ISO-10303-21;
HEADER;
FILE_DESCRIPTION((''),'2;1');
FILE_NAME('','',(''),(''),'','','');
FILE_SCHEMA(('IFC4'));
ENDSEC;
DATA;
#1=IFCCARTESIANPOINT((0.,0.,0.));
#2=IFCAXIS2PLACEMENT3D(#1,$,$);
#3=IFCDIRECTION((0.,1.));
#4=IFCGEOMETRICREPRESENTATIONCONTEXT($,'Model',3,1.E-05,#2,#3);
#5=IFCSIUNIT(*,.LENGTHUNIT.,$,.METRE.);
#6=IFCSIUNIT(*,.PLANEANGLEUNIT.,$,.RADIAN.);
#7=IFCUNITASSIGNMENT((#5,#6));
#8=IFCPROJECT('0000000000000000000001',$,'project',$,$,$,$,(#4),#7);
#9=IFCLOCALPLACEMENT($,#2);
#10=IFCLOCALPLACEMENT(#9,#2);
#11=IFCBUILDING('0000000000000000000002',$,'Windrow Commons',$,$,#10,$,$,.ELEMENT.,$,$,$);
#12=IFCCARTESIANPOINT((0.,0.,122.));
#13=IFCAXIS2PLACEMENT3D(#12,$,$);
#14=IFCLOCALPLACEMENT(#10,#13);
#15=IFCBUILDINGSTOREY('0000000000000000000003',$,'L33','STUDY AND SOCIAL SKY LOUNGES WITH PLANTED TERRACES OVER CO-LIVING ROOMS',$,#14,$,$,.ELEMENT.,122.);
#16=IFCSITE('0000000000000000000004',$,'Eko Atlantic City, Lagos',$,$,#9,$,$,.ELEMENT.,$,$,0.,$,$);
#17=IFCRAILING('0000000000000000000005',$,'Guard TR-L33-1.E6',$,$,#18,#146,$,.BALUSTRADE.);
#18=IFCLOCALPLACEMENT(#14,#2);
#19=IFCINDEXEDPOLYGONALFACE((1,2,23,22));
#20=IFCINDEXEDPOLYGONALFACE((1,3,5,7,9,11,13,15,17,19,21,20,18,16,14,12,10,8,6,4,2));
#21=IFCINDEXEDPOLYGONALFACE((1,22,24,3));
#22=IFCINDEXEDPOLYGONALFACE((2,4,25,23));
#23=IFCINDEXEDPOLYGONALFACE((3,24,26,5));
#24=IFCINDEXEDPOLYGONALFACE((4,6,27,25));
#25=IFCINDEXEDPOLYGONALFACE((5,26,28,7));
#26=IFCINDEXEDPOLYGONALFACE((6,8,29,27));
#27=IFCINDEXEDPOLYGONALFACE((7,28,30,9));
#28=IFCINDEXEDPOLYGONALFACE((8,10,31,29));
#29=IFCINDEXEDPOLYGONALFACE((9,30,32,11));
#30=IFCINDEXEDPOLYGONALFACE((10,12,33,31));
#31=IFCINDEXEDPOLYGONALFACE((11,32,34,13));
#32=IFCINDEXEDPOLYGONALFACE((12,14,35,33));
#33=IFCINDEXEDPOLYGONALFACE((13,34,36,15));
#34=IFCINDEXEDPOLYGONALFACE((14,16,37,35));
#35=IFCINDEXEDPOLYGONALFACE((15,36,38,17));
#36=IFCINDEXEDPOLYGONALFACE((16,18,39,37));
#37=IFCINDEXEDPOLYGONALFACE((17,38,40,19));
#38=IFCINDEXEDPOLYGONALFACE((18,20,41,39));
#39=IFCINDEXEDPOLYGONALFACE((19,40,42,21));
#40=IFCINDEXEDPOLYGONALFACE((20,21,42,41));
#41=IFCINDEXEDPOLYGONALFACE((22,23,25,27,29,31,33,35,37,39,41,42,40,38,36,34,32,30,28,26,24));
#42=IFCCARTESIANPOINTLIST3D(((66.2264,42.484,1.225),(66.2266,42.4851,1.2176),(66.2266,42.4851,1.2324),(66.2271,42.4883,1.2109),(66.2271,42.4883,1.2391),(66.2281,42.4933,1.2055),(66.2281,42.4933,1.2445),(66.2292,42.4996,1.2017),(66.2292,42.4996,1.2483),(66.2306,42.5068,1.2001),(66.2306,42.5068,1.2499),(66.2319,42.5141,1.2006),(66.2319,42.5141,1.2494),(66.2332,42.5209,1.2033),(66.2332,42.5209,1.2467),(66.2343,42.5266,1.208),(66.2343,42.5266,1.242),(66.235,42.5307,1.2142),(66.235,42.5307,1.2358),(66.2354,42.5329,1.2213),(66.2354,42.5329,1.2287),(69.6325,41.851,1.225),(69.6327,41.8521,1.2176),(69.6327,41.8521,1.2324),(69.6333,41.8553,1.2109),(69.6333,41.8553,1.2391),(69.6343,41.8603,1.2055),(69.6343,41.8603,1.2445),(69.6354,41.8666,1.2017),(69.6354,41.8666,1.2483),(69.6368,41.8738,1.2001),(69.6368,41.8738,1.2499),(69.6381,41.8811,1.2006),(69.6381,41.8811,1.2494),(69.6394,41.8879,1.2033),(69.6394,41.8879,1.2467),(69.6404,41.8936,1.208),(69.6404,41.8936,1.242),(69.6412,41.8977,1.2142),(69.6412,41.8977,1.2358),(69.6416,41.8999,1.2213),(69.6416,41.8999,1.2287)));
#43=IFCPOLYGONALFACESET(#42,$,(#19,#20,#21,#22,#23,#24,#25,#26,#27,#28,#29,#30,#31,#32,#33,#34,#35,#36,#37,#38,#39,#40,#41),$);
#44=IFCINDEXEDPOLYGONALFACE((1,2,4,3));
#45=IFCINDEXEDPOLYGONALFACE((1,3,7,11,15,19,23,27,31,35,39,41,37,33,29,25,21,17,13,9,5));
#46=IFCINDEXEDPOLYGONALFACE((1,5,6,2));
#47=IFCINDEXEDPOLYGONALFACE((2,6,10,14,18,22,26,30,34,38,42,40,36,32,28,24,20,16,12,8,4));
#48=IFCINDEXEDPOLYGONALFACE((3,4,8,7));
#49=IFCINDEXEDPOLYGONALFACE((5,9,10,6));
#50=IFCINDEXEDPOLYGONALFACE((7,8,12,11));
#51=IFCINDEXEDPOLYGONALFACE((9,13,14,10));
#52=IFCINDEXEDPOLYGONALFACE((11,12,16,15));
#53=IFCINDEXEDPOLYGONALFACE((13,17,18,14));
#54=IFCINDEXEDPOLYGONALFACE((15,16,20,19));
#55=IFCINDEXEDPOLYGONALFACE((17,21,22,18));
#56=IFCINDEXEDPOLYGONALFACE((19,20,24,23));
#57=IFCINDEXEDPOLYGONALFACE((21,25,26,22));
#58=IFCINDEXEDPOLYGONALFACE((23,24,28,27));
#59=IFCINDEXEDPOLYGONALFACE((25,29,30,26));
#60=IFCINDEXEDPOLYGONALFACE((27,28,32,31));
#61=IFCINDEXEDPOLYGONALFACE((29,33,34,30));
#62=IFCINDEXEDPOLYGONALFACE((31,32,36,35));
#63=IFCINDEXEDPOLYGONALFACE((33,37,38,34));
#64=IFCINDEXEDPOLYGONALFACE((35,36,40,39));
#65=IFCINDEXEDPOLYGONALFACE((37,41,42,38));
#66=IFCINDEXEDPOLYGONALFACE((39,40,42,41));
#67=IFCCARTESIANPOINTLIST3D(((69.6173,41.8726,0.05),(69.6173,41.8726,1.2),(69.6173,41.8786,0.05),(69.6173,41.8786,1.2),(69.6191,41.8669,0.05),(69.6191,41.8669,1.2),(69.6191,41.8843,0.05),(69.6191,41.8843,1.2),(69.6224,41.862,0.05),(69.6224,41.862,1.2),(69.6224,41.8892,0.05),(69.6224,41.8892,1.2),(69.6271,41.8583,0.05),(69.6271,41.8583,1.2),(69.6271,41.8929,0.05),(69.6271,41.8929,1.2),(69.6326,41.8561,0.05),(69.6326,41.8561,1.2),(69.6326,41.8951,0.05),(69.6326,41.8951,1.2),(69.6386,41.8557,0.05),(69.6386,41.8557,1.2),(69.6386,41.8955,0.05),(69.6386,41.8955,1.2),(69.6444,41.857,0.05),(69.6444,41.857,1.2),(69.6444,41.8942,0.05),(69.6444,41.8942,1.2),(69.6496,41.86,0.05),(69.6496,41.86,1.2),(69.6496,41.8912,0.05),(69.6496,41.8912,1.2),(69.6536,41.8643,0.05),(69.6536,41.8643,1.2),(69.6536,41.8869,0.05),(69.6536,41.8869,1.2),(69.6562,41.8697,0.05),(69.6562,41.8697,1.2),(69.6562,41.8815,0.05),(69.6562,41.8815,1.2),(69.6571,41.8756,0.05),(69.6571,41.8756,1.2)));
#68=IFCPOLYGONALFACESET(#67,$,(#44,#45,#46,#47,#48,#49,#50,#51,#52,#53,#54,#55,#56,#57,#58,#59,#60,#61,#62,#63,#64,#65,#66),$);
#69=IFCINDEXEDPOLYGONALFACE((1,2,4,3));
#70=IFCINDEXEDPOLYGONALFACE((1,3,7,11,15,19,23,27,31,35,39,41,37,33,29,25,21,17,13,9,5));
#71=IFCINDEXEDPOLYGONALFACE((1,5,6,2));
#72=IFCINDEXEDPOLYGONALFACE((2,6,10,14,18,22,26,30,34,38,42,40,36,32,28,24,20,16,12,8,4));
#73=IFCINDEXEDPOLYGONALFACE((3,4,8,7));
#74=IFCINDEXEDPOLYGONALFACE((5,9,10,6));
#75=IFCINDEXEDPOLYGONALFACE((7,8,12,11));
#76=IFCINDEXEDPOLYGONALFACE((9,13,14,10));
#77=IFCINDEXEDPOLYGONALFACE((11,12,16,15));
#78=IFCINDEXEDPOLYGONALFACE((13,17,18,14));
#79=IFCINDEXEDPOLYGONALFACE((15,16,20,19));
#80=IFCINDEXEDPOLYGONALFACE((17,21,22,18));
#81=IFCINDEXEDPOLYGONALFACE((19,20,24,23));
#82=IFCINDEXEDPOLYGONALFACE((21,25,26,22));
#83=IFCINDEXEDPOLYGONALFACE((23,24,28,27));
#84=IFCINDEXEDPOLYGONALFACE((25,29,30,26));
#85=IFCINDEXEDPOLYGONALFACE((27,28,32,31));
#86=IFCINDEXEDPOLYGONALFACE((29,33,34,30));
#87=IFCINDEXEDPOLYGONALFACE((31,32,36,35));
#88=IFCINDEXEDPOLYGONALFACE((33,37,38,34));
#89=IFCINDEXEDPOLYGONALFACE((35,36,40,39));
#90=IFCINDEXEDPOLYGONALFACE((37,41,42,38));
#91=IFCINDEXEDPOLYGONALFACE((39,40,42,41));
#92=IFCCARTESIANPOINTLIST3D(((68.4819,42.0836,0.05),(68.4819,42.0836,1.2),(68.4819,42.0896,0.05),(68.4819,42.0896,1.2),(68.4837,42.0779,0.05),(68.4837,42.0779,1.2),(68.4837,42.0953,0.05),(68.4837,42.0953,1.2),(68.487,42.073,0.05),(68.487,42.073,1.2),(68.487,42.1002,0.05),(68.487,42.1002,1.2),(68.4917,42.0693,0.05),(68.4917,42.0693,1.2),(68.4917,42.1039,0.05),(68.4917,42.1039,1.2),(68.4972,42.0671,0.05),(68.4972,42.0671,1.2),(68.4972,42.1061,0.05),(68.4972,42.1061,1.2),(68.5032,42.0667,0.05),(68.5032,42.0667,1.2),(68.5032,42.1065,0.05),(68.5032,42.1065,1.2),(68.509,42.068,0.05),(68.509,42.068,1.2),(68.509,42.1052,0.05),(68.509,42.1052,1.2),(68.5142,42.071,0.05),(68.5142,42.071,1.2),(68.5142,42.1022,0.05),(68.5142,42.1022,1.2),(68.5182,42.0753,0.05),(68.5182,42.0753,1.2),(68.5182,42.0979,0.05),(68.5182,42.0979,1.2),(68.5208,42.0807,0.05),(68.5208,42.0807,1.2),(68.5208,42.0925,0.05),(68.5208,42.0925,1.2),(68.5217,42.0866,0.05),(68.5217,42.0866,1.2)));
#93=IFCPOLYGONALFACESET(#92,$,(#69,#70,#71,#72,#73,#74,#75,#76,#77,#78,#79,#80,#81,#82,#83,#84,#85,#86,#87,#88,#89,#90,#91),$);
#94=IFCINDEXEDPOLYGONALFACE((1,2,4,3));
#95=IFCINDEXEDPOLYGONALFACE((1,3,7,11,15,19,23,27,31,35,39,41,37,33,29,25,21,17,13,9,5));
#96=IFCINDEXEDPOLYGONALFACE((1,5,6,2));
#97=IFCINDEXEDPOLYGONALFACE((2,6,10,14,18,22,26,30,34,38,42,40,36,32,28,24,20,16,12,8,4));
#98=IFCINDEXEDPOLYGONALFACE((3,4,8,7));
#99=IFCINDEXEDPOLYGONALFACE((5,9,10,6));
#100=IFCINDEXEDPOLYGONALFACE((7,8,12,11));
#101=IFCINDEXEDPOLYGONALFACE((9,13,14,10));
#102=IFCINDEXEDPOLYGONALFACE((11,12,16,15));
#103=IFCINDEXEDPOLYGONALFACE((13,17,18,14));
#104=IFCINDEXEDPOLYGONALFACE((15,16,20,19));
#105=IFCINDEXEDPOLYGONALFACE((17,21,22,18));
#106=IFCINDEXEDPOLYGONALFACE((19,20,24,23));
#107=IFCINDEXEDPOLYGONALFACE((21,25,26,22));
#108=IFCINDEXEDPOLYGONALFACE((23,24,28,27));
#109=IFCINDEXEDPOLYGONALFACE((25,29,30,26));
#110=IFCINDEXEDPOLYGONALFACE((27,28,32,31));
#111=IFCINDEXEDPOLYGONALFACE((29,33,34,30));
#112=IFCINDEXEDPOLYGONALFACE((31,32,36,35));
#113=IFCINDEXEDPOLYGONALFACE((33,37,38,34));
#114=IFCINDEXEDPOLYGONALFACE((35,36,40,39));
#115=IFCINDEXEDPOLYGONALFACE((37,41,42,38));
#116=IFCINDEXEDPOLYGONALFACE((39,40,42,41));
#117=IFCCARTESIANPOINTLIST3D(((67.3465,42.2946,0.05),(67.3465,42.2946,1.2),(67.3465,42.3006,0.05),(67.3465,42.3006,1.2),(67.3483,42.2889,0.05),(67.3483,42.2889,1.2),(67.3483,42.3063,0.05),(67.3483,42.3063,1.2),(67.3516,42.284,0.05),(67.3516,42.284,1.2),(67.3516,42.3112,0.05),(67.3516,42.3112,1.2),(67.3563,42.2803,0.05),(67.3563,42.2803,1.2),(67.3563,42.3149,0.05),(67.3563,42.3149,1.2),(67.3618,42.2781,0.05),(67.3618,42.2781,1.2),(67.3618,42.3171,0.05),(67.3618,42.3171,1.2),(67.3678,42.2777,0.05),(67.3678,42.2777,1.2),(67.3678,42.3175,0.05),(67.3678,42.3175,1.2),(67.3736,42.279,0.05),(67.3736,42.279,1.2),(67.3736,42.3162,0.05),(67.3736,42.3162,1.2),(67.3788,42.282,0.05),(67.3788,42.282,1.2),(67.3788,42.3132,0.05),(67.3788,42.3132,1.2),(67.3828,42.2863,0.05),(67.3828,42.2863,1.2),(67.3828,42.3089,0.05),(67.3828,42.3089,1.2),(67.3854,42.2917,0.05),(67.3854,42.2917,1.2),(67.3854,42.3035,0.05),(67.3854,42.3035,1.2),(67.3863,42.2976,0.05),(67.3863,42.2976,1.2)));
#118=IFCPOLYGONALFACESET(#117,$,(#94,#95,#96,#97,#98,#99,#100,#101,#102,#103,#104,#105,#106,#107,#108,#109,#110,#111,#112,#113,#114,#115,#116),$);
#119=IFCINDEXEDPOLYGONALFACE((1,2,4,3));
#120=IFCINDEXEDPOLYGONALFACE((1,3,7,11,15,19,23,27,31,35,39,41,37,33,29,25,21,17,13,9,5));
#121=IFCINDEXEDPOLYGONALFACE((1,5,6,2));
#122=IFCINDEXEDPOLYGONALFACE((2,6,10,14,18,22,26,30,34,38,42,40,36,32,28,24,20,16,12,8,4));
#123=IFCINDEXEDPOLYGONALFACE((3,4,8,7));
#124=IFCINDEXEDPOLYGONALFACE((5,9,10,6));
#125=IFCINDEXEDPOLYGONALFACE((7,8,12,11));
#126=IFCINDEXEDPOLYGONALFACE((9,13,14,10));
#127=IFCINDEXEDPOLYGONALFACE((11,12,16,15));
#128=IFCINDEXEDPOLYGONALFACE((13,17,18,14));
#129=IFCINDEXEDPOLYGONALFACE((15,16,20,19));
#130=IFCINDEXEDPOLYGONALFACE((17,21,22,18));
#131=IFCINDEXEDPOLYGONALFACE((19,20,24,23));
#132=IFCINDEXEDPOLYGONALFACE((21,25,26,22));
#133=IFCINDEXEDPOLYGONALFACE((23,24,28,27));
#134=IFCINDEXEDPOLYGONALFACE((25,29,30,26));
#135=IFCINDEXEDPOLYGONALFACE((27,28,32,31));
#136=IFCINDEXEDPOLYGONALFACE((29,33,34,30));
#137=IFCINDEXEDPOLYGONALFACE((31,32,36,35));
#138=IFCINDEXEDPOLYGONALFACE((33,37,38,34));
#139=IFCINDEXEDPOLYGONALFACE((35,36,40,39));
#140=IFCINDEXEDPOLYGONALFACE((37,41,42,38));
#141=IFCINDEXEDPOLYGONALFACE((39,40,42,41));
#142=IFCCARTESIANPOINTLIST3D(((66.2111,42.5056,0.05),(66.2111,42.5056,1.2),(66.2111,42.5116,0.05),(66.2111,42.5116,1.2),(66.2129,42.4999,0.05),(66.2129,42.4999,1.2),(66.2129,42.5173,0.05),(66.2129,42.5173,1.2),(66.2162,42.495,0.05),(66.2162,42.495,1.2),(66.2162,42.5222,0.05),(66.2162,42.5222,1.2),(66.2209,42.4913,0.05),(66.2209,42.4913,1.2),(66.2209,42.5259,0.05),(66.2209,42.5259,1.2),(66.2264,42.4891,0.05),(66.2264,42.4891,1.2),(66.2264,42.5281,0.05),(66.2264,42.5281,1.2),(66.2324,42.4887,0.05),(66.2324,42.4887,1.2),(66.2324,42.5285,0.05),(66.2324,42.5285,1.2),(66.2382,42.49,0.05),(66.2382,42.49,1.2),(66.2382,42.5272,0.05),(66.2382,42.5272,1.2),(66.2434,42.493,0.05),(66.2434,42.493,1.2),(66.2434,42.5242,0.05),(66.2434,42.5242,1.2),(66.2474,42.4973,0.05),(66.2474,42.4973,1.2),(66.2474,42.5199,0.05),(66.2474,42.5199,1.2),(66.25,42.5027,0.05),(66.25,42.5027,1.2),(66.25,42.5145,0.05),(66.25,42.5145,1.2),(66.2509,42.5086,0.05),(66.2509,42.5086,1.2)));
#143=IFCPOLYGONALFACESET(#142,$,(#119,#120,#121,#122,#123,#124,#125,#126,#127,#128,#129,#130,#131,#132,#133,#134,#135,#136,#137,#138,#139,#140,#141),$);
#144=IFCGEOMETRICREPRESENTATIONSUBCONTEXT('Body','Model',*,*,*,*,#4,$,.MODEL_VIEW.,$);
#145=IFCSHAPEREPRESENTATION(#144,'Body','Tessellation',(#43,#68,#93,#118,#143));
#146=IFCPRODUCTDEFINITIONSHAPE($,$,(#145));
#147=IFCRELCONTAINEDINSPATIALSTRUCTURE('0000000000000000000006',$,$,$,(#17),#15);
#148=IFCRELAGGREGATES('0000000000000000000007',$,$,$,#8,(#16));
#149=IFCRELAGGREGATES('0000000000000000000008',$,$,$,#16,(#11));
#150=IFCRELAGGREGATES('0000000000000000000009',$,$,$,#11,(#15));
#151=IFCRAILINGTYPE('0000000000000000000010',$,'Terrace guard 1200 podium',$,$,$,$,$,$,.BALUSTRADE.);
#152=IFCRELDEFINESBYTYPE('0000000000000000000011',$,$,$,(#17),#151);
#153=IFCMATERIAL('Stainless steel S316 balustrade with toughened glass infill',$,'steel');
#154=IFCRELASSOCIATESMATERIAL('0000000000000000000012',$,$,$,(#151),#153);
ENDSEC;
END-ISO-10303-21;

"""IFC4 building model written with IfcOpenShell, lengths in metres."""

from ifc_helpers import new_model, si_unit, direction, frame, origin, origin_2d, place, context, subcontext, project, spatial, circle, extrude, material, type_object, element, save


model = new_model("IFC4")

# Units and contexts
model_context = context("Model", 3, precision=1e-05, world=origin(), true_north=direction((0.0, 1.0)))
body_context = subcontext(model_context, "Body", "Model", "MODEL_VIEW")
ifc_project = project(units=[si_unit("LENGTHUNIT", "METRE"), si_unit("PLANEANGLEUNIT", "RADIAN")], contexts=[model_context])

# Site, building, storey
site_placement = place(None, origin())
site = spatial("IfcSite", under=ifc_project, at=site_placement, Name="Eko Atlantic City, Lagos", CompositionType="ELEMENT", RefElevation=0.0)
building_placement = place(site_placement, origin())
building = spatial("IfcBuilding", under=site, at=building_placement, Name="Windrow Commons", CompositionType="ELEMENT")
storey_placement = place(building_placement, frame((0.0, 0.0, 122.0)))
storey = spatial("IfcBuildingStorey", under=building, at=storey_placement, Name="L33", Description="STUDY AND SOCIAL SKY LOUNGES WITH PLANTED TERRACES OVER CO-LIVING ROOMS", CompositionType="ELEMENT", Elevation=122.0)

# Railing
ifc_material_1 = material(Name="Stainless steel S316 balustrade with toughened glass infill", Category="steel")
railing_type_1 = type_object("IfcRailingType", Name="Terrace guard 1200 podium", PredefinedType="BALUSTRADE", material=ifc_material_1)
railing_1_placement = place(storey_placement, frame((69.6371, 41.8756, 0.05)))
element("IfcRailing", 1, at=railing_1_placement, inside=storey, type_object=railing_type_1, Name="Guard TR-L33-1.E6", PredefinedType="BALUSTRADE", context=body_context, shape_type="SweptSolid", body=[
    extrude(circle(Radius=0.025, at=origin_2d()), frame((0.0, 0.0, 1.175), z_axis=(-0.983167, 0.182709, 0.0), x_axis=(-0.182709, -0.983167, 0.0)), (0.0, 0.0, 1.0), 3.4645),
    extrude(circle(Radius=0.02, at=origin_2d()), origin(), (0.0, 0.0, 1.0), 1.15),
    extrude(circle(Radius=0.02, at=origin_2d()), frame((-1.1354, 0.211, 0.0)), (0.0, 0.0, 1.0), 1.15),
    extrude(circle(Radius=0.02, at=origin_2d()), frame((-2.2708, 0.422, 0.0)), (0.0, 0.0, 1.0), 1.15),
    extrude(circle(Radius=0.02, at=origin_2d()), frame((-3.4062, 0.633, 0.0)), (0.0, 0.0, 1.0), 1.15),
])

save(model, "model.ifc")
